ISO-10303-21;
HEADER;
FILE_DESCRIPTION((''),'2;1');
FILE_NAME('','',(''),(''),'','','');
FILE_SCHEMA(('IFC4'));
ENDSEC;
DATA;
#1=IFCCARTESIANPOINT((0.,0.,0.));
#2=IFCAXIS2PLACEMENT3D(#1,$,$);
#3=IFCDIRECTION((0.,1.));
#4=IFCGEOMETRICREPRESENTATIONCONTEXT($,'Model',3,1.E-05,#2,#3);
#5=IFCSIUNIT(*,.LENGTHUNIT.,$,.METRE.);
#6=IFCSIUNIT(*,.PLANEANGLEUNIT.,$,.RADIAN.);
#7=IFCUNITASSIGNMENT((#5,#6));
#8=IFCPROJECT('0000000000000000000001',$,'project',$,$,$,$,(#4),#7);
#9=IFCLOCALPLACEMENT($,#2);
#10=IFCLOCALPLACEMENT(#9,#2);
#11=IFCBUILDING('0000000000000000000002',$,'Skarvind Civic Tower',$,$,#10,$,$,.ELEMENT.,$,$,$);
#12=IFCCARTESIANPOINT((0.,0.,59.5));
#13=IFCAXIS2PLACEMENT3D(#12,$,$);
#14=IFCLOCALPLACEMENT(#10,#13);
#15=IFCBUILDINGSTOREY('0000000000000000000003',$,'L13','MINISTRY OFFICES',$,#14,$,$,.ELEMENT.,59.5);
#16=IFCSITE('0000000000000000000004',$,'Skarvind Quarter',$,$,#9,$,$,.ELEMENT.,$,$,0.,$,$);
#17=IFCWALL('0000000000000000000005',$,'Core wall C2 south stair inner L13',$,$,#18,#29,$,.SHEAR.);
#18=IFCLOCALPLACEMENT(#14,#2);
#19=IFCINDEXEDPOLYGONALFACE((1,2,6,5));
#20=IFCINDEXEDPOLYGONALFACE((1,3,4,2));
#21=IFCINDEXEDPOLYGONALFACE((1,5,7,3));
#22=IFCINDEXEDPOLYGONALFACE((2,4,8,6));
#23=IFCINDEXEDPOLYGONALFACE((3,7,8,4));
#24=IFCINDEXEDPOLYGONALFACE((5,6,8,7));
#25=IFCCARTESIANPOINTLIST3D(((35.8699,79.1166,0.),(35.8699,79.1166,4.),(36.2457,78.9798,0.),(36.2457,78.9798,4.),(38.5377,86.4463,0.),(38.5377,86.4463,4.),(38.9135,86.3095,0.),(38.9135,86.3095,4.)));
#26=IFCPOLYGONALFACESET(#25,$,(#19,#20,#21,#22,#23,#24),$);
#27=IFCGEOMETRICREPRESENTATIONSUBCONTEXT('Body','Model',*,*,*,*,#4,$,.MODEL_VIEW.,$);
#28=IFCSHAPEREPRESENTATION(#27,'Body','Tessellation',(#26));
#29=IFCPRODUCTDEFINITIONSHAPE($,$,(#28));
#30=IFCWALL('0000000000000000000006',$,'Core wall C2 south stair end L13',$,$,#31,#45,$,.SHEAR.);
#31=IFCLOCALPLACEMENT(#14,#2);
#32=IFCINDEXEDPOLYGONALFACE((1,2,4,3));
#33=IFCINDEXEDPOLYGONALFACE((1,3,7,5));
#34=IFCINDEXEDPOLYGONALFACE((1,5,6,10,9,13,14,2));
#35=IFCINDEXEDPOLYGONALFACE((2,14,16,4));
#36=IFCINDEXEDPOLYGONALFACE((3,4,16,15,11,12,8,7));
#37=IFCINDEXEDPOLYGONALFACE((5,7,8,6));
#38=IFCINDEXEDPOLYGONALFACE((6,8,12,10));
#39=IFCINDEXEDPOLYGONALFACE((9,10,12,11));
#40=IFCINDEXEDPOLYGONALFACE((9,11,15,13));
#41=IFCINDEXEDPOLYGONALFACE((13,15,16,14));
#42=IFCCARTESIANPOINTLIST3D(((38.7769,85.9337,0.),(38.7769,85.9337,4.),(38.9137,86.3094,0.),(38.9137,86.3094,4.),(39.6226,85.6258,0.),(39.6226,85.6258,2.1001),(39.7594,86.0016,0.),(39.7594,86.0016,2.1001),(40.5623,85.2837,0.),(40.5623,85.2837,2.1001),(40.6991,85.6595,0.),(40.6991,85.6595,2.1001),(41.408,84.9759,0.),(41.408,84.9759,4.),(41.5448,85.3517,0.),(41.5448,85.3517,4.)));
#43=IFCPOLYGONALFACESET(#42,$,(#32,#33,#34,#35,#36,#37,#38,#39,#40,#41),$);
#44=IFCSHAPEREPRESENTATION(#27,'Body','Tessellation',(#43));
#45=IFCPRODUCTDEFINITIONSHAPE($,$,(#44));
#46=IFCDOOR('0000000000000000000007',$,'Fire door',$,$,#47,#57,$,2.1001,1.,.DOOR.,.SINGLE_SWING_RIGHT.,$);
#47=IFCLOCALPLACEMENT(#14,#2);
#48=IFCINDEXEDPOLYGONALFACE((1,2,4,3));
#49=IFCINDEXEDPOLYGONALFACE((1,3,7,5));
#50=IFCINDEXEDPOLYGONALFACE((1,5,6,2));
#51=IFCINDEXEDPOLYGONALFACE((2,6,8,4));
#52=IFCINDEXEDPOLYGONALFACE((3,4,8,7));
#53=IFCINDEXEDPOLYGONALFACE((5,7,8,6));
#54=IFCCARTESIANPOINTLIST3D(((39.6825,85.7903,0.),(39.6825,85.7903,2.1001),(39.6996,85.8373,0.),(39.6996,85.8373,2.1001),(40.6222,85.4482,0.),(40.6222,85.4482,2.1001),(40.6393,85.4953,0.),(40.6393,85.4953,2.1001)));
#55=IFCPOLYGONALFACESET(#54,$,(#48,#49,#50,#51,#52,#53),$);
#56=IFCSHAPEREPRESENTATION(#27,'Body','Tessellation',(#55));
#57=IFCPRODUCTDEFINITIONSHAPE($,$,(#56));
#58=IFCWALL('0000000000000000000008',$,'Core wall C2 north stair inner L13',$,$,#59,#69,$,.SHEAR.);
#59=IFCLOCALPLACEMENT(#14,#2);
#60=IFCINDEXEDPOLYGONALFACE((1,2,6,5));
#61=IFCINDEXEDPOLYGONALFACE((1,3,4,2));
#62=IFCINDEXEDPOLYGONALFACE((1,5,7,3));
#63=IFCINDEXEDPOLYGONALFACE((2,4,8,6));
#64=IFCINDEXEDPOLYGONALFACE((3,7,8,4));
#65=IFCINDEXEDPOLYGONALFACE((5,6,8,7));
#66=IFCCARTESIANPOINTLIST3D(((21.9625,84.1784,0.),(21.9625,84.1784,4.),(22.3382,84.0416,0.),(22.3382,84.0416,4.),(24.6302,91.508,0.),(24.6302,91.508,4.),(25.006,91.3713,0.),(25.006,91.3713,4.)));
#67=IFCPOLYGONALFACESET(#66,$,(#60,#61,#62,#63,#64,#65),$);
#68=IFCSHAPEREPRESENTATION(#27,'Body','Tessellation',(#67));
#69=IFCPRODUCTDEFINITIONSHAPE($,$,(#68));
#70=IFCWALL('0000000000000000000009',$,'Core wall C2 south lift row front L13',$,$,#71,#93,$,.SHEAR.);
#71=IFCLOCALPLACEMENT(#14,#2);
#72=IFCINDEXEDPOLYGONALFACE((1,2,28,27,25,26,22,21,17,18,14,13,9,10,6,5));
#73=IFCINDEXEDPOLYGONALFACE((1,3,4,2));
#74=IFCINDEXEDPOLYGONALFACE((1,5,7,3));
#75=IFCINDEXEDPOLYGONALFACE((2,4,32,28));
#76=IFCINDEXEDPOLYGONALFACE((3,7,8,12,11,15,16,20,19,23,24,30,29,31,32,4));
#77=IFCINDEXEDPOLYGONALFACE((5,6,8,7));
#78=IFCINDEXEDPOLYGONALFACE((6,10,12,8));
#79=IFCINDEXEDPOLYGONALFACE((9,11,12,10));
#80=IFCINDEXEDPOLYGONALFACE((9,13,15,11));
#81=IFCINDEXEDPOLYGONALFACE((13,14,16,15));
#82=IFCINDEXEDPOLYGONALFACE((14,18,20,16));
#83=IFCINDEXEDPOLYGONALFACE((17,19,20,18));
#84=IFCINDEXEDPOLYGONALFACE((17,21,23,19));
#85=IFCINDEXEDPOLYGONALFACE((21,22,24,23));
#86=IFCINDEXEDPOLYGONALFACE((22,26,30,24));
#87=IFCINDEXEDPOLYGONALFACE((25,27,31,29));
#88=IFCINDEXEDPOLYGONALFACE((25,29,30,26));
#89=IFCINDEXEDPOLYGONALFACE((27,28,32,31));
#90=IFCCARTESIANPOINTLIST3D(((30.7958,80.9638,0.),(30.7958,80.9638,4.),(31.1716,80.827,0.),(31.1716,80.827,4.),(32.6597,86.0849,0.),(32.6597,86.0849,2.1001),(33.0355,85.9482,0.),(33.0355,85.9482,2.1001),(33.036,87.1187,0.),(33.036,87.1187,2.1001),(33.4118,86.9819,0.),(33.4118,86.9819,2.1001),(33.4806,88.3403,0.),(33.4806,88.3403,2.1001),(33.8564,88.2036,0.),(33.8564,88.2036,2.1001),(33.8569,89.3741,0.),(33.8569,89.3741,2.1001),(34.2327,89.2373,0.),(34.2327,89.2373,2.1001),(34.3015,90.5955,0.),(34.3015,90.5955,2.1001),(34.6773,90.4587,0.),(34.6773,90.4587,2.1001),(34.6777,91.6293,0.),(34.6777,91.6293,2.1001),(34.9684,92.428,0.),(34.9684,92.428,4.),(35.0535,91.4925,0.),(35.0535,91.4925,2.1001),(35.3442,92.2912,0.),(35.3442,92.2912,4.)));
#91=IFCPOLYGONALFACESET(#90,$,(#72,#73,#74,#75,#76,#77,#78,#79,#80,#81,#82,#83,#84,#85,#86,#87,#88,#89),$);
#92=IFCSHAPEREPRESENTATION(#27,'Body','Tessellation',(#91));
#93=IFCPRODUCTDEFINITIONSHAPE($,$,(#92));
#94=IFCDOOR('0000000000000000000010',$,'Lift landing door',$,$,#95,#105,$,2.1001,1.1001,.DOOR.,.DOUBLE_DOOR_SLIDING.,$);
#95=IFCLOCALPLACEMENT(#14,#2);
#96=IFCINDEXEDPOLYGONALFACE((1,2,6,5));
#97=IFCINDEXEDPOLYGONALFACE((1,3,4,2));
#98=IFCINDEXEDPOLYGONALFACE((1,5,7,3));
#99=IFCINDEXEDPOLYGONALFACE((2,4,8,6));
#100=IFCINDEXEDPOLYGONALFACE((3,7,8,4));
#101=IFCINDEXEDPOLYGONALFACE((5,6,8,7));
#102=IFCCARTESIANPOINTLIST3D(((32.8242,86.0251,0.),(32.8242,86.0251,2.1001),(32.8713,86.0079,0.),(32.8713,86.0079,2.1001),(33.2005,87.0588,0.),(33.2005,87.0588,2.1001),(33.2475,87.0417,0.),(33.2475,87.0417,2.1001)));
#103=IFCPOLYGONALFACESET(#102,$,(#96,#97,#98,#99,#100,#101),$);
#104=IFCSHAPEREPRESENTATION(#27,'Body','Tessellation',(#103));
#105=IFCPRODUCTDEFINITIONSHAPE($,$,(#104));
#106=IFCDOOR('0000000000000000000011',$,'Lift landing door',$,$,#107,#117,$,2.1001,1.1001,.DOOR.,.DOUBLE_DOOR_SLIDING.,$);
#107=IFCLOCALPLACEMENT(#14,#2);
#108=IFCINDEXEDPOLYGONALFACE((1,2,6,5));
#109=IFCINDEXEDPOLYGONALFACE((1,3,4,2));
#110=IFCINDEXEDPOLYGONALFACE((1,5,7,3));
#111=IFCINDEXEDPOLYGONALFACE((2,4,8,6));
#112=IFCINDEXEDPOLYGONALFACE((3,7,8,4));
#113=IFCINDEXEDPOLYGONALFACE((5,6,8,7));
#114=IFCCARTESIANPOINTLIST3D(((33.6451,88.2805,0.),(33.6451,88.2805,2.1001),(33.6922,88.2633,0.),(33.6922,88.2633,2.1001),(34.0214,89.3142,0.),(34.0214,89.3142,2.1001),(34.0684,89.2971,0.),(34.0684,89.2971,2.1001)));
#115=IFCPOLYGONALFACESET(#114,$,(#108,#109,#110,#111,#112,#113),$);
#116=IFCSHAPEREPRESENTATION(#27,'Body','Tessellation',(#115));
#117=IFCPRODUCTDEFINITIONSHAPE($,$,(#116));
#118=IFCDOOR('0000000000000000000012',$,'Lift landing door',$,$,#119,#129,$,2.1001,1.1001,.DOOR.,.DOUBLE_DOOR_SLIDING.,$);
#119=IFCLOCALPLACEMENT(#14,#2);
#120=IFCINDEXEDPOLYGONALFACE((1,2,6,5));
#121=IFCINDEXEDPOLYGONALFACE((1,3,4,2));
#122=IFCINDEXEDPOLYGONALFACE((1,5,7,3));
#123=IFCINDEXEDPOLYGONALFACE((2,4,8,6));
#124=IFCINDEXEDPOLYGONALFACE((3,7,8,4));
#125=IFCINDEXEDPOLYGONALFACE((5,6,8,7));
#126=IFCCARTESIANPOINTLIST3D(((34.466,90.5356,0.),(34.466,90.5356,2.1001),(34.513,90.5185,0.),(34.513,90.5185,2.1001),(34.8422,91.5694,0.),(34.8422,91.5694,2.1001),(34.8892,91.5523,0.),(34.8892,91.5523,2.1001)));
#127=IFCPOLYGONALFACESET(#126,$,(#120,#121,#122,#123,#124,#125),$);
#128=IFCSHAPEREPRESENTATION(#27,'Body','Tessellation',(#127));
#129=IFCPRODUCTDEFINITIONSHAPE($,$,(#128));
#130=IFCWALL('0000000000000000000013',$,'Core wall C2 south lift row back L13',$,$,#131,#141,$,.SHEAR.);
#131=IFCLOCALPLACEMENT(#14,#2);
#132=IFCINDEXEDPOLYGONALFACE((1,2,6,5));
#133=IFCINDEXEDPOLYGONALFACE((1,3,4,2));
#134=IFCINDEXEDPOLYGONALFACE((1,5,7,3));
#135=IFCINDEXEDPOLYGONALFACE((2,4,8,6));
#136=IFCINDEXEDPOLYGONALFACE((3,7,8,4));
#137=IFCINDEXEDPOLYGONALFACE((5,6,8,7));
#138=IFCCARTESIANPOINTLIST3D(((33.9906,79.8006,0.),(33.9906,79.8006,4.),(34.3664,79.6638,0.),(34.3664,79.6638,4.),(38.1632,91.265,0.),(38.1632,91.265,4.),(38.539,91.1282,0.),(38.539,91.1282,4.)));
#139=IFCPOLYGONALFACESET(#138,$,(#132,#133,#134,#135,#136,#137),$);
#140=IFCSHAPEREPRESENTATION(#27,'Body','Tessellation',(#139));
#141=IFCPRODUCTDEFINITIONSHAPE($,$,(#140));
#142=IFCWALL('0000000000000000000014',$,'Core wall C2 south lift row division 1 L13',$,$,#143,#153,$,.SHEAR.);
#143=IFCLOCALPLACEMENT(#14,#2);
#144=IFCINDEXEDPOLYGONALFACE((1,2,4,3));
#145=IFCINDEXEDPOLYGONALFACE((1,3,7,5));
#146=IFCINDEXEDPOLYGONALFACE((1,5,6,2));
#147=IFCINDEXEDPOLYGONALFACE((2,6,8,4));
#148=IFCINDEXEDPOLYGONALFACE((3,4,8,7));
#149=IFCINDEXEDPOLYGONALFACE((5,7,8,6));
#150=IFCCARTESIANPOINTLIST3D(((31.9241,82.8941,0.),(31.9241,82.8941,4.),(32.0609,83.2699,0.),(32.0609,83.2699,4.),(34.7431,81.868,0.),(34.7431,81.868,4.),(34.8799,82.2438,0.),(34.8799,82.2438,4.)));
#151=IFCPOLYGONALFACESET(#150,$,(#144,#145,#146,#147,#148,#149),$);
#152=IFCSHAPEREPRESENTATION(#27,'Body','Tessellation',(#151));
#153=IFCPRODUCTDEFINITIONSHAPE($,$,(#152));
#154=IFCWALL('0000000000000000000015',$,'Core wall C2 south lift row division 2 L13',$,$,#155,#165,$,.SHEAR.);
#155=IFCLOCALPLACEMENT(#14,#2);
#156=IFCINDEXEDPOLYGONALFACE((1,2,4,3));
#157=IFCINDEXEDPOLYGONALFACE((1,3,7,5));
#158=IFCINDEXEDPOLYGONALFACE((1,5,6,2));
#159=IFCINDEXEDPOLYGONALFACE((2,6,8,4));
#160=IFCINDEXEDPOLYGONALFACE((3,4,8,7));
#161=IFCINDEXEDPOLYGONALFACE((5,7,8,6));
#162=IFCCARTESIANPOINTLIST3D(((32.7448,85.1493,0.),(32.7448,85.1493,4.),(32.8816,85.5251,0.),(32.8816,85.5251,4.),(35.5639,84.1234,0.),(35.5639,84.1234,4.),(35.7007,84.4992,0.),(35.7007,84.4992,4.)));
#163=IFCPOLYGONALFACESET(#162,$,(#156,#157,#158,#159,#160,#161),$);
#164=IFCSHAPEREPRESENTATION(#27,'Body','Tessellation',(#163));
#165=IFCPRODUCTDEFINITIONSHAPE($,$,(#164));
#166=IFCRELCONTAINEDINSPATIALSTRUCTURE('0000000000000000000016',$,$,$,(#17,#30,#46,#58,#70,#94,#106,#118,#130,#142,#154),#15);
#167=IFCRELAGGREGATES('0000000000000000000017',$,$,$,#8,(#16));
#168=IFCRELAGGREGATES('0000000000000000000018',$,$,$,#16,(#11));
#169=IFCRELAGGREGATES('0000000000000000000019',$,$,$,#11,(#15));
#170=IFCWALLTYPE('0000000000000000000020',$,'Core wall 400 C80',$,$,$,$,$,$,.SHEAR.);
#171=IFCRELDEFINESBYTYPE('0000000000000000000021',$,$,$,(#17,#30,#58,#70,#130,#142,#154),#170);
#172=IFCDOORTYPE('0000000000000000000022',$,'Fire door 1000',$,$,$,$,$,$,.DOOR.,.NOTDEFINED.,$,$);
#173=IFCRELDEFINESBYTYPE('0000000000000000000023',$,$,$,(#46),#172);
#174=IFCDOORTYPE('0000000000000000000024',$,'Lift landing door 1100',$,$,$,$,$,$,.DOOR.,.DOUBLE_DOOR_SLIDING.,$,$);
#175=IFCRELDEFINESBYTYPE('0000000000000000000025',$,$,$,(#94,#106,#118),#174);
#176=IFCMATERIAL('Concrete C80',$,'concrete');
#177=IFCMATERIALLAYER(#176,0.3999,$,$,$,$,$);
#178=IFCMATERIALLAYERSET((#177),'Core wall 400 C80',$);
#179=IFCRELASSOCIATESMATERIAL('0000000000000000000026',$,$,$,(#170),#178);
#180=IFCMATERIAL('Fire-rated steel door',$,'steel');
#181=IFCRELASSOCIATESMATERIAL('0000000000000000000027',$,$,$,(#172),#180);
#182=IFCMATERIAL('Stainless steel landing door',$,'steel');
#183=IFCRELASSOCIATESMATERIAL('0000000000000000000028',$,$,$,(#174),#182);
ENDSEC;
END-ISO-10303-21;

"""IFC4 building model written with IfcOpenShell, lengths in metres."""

from ifc_helpers import new_model, si_unit, direction, frame, frame_2d, origin, place, context, subcontext, project, spatial, rectangle, extrude, material, layer, layer_set, type_object, element, fill, save


model = new_model("IFC4")

# Units and contexts
model_context = context("Model", 3, precision=1e-05, world=origin(), true_north=direction((0.0, 1.0)))
body_context = subcontext(model_context, "Body", "Model", "MODEL_VIEW")
ifc_project = project(units=[si_unit("LENGTHUNIT", "METRE"), si_unit("PLANEANGLEUNIT", "RADIAN")], contexts=[model_context])

# Site, building, storey
site_placement = place(None, origin())
site = spatial("IfcSite", under=ifc_project, at=site_placement, Name="Skarvind Quarter", CompositionType="ELEMENT", RefElevation=0.0)
building_placement = place(site_placement, origin())
building = spatial("IfcBuilding", under=site, at=building_placement, Name="Skarvind Civic Tower", CompositionType="ELEMENT")
storey_placement = place(building_placement, frame((0.0, 0.0, 59.5)))
storey = spatial("IfcBuildingStorey", under=building, at=storey_placement, Name="L13", Description="MINISTRY OFFICES", CompositionType="ELEMENT", Elevation=59.5)

# Wall
ifc_material_1 = material(Name="Concrete C80", Category="concrete")
ifc_layer_1 = layer(ifc_material_1, 0.3999)
ifc_layer_set_1 = layer_set([ifc_layer_1], Name="Core wall 400 C80")
wall_type_1 = type_object("IfcWallType", Name="Core wall 400 C80", PredefinedType="SHEAR", material=ifc_layer_set_1)
wall_1_placement = place(storey_placement, frame((36.0579, 79.0483, 0.0), z_axis=(0.0, 0.0, 1.0), x_axis=(0.342017, 0.939694, 0.0)))
element("IfcWall", 1, at=wall_1_placement, inside=storey, type_object=wall_type_1, Name="Core wall C2 south stair inner L13", PredefinedType="SHEAR", context=body_context, shape_type="SweptSolid", body=[
    extrude(rectangle(XDim=7.8, YDim=0.3999, at=frame_2d((3.8999, 0.0))), origin(), (0.0, 0.0, 1.0), 4.0),
])

# Wall, opening, door
wall_2_placement = place(storey_placement, frame((41.4763, 85.1638, 0.0), z_axis=(0.0, 0.0, 1.0), x_axis=(-0.939679, 0.342058, 0.0)))
wall_2 = element("IfcWall", 2, at=wall_2_placement, inside=storey, type_object=wall_type_1, Name="Core wall C2 south stair end L13", PredefinedType="SHEAR", context=body_context, shape_type="SweptSolid", body=[
    extrude(rectangle(XDim=2.8, YDim=0.3999, at=frame_2d((1.3999, 0.0))), origin(), (0.0, 0.0, 1.0), 4.0),
])
opening_1_placement = place(wall_2_placement, frame((0.8999, 0.0, 0.0)))
opening_1 = element("IfcOpeningElement", 3, at=opening_1_placement, cuts=wall_2, PredefinedType="OPENING", context=body_context, shape_type="SweptSolid", body=[
    extrude(rectangle(XDim=1.0, YDim=2.1001, at=frame_2d((0.5, 1.05))), frame((0.0, 0.21, 0.0), z_axis=(0.0, -1.0, 0.0), x_axis=(1.0, 0.0, 0.0)), (0.0, 0.0, 1.0), 0.4199),
])
ifc_material_2 = material(Name="Fire-rated steel door", Category="steel")
door_type_1 = type_object("IfcDoorType", Name="Fire door 1000", OperationType="NOTDEFINED", PredefinedType="DOOR", material=ifc_material_2)
door_1_placement = place(opening_1_placement, origin())
door_1 = element("IfcDoor", 4, at=door_1_placement, inside=storey, type_object=door_type_1, Name="Fire door", OperationType="SINGLE_SWING_RIGHT", OverallHeight=2.1001, OverallWidth=1.0, PredefinedType="DOOR", context=body_context, shape_type="SweptSolid", body=[
    extrude(rectangle(XDim=1.0, YDim=2.1001, at=frame_2d((0.5, 1.05))), frame((0.0, 0.0249, 0.0), z_axis=(0.0, -1.0, 0.0), x_axis=(1.0, 0.0, 0.0)), (0.0, 0.0, 1.0), 0.05),
])
fill(opening_1, door_1)

# Wall
wall_3_placement = place(storey_placement, frame((22.1504, 84.1101, 0.0), z_axis=(0.0, 0.0, 1.0), x_axis=(0.342017, 0.939694, 0.0)))
element("IfcWall", 5, at=wall_3_placement, inside=storey, type_object=wall_type_1, Name="Core wall C2 north stair inner L13", PredefinedType="SHEAR", context=body_context, shape_type="SweptSolid", body=[
    extrude(rectangle(XDim=7.8, YDim=0.3999, at=frame_2d((3.8999, 0.0))), origin(), (0.0, 0.0, 1.0), 4.0),
])

# Wall, openings, doors
wall_4_placement = place(storey_placement, frame((30.9836, 80.8953, 0.0), z_axis=(0.0, 0.0, 1.0), x_axis=(0.342021, 0.939692, 0.0)))
wall_4 = element("IfcWall", 6, at=wall_4_placement, inside=storey, type_object=wall_type_1, Name="Core wall C2 south lift row front L13", PredefinedType="SHEAR", context=body_context, shape_type="SweptSolid", body=[
    extrude(rectangle(XDim=12.2, YDim=0.3999, at=frame_2d((6.1001, 0.0))), origin(), (0.0, 0.0, 1.0), 4.0),
])
opening_2_placement = place(wall_4_placement, frame((5.45, 0.0, 0.0)))
opening_2 = element("IfcOpeningElement", 7, at=opening_2_placement, cuts=wall_4, PredefinedType="OPENING", context=body_context, shape_type="SweptSolid", body=[
    extrude(rectangle(XDim=1.1001, YDim=2.1001, at=frame_2d((0.55, 1.05))), frame((0.0, 0.21, 0.0), z_axis=(0.0, -1.0, 0.0), x_axis=(1.0, 0.0, 0.0)), (0.0, 0.0, 1.0), 0.4199),
])
opening_3_placement = place(wall_4_placement, frame((7.8501, 0.0, 0.0)))
opening_3 = element("IfcOpeningElement", 8, at=opening_3_placement, cuts=wall_4, PredefinedType="OPENING", context=body_context, shape_type="SweptSolid", body=[
    extrude(rectangle(XDim=1.1001, YDim=2.1001, at=frame_2d((0.55, 1.05))), frame((0.0, 0.21, 0.0), z_axis=(0.0, -1.0, 0.0), x_axis=(1.0, 0.0, 0.0)), (0.0, 0.0, 1.0), 0.4199),
])
opening_4_placement = place(wall_4_placement, frame((10.25, 0.0, 0.0)))
opening_4 = element("IfcOpeningElement", 9, at=opening_4_placement, cuts=wall_4, PredefinedType="OPENING", context=body_context, shape_type="SweptSolid", body=[
    extrude(rectangle(XDim=1.1001, YDim=2.1001, at=frame_2d((0.55, 1.05))), frame((0.0, 0.21, 0.0), z_axis=(0.0, -1.0, 0.0), x_axis=(1.0, 0.0, 0.0)), (0.0, 0.0, 1.0), 0.4199),
])
ifc_material_3 = material(Name="Stainless steel landing door", Category="steel")
door_type_2 = type_object("IfcDoorType", Name="Lift landing door 1100", OperationType="DOUBLE_DOOR_SLIDING", PredefinedType="DOOR", material=ifc_material_3)
door_2_placement = place(opening_2_placement, origin())
door_2 = element("IfcDoor", 10, at=door_2_placement, inside=storey, type_object=door_type_2, Name="Lift landing door", OperationType="DOUBLE_DOOR_SLIDING", OverallHeight=2.1001, OverallWidth=1.1001, PredefinedType="DOOR", context=body_context, shape_type="SweptSolid", body=[
    extrude(rectangle(XDim=1.1001, YDim=2.1001, at=frame_2d((0.55, 1.05))), frame((0.0, 0.0249, 0.0), z_axis=(0.0, -1.0, 0.0), x_axis=(1.0, 0.0, 0.0)), (0.0, 0.0, 1.0), 0.05),
])
fill(opening_2, door_2)
door_3_placement = place(opening_3_placement, origin())
door_3 = element("IfcDoor", 11, at=door_3_placement, inside=storey, type_object=door_type_2, Name="Lift landing door", OperationType="DOUBLE_DOOR_SLIDING", OverallHeight=2.1001, OverallWidth=1.1001, PredefinedType="DOOR", context=body_context, shape_type="SweptSolid", body=[
    extrude(rectangle(XDim=1.1001, YDim=2.1001, at=frame_2d((0.55, 1.05))), frame((0.0, 0.0249, 0.0), z_axis=(0.0, -1.0, 0.0), x_axis=(1.0, 0.0, 0.0)), (0.0, 0.0, 1.0), 0.05),
])
fill(opening_3, door_3)
door_4_placement = place(opening_4_placement, origin())
door_4 = element("IfcDoor", 12, at=door_4_placement, inside=storey, type_object=door_type_2, Name="Lift landing door", OperationType="DOUBLE_DOOR_SLIDING", OverallHeight=2.1001, OverallWidth=1.1001, PredefinedType="DOOR", context=body_context, shape_type="SweptSolid", body=[
    extrude(rectangle(XDim=1.1001, YDim=2.1001, at=frame_2d((0.55, 1.05))), frame((0.0, 0.0249, 0.0), z_axis=(0.0, -1.0, 0.0), x_axis=(1.0, 0.0, 0.0)), (0.0, 0.0, 1.0), 0.05),
])
fill(opening_4, door_4)

# Walls
wall_5_placement = place(storey_placement, frame((34.1785, 79.7322, 0.0), z_axis=(0.0, 0.0, 1.0), x_axis=(0.342015, 0.939695, 0.0)))
element("IfcWall", 13, at=wall_5_placement, inside=storey, type_object=wall_type_1, Name="Core wall C2 south lift row back L13", PredefinedType="SHEAR", context=body_context, shape_type="SweptSolid", body=[
    extrude(rectangle(XDim=12.2002, YDim=0.3999, at=frame_2d((6.1001, 0.0))), origin(), (0.0, 0.0, 1.0), 4.0),
])
for number, where, z_axis, x_axis, name in (
    (14, (34.8115, 82.0559, 0.0), (0.0, 0.0, 1.0), (-0.939686, 0.342037, 0.0), "Core wall C2 south lift row division 1 L13"),
    (15, (35.6323, 84.3113, 0.0), (0.0, 0.0, 1.0), (-0.939713, 0.341965, 0.0), "Core wall C2 south lift row division 2 L13"),
):
    element("IfcWall", number, at=place(storey_placement, frame(where, z_axis=z_axis, x_axis=x_axis)), inside=storey, type_object=wall_type_1, Name=name, PredefinedType="SHEAR", context=body_context, shape_type="SweptSolid", body=[
        extrude(rectangle(XDim=3.0, YDim=0.3999, at=frame_2d((1.5, 0.0))), origin(), (0.0, 0.0, 1.0), 4.0),
    ])

save(model, "model.ifc")
